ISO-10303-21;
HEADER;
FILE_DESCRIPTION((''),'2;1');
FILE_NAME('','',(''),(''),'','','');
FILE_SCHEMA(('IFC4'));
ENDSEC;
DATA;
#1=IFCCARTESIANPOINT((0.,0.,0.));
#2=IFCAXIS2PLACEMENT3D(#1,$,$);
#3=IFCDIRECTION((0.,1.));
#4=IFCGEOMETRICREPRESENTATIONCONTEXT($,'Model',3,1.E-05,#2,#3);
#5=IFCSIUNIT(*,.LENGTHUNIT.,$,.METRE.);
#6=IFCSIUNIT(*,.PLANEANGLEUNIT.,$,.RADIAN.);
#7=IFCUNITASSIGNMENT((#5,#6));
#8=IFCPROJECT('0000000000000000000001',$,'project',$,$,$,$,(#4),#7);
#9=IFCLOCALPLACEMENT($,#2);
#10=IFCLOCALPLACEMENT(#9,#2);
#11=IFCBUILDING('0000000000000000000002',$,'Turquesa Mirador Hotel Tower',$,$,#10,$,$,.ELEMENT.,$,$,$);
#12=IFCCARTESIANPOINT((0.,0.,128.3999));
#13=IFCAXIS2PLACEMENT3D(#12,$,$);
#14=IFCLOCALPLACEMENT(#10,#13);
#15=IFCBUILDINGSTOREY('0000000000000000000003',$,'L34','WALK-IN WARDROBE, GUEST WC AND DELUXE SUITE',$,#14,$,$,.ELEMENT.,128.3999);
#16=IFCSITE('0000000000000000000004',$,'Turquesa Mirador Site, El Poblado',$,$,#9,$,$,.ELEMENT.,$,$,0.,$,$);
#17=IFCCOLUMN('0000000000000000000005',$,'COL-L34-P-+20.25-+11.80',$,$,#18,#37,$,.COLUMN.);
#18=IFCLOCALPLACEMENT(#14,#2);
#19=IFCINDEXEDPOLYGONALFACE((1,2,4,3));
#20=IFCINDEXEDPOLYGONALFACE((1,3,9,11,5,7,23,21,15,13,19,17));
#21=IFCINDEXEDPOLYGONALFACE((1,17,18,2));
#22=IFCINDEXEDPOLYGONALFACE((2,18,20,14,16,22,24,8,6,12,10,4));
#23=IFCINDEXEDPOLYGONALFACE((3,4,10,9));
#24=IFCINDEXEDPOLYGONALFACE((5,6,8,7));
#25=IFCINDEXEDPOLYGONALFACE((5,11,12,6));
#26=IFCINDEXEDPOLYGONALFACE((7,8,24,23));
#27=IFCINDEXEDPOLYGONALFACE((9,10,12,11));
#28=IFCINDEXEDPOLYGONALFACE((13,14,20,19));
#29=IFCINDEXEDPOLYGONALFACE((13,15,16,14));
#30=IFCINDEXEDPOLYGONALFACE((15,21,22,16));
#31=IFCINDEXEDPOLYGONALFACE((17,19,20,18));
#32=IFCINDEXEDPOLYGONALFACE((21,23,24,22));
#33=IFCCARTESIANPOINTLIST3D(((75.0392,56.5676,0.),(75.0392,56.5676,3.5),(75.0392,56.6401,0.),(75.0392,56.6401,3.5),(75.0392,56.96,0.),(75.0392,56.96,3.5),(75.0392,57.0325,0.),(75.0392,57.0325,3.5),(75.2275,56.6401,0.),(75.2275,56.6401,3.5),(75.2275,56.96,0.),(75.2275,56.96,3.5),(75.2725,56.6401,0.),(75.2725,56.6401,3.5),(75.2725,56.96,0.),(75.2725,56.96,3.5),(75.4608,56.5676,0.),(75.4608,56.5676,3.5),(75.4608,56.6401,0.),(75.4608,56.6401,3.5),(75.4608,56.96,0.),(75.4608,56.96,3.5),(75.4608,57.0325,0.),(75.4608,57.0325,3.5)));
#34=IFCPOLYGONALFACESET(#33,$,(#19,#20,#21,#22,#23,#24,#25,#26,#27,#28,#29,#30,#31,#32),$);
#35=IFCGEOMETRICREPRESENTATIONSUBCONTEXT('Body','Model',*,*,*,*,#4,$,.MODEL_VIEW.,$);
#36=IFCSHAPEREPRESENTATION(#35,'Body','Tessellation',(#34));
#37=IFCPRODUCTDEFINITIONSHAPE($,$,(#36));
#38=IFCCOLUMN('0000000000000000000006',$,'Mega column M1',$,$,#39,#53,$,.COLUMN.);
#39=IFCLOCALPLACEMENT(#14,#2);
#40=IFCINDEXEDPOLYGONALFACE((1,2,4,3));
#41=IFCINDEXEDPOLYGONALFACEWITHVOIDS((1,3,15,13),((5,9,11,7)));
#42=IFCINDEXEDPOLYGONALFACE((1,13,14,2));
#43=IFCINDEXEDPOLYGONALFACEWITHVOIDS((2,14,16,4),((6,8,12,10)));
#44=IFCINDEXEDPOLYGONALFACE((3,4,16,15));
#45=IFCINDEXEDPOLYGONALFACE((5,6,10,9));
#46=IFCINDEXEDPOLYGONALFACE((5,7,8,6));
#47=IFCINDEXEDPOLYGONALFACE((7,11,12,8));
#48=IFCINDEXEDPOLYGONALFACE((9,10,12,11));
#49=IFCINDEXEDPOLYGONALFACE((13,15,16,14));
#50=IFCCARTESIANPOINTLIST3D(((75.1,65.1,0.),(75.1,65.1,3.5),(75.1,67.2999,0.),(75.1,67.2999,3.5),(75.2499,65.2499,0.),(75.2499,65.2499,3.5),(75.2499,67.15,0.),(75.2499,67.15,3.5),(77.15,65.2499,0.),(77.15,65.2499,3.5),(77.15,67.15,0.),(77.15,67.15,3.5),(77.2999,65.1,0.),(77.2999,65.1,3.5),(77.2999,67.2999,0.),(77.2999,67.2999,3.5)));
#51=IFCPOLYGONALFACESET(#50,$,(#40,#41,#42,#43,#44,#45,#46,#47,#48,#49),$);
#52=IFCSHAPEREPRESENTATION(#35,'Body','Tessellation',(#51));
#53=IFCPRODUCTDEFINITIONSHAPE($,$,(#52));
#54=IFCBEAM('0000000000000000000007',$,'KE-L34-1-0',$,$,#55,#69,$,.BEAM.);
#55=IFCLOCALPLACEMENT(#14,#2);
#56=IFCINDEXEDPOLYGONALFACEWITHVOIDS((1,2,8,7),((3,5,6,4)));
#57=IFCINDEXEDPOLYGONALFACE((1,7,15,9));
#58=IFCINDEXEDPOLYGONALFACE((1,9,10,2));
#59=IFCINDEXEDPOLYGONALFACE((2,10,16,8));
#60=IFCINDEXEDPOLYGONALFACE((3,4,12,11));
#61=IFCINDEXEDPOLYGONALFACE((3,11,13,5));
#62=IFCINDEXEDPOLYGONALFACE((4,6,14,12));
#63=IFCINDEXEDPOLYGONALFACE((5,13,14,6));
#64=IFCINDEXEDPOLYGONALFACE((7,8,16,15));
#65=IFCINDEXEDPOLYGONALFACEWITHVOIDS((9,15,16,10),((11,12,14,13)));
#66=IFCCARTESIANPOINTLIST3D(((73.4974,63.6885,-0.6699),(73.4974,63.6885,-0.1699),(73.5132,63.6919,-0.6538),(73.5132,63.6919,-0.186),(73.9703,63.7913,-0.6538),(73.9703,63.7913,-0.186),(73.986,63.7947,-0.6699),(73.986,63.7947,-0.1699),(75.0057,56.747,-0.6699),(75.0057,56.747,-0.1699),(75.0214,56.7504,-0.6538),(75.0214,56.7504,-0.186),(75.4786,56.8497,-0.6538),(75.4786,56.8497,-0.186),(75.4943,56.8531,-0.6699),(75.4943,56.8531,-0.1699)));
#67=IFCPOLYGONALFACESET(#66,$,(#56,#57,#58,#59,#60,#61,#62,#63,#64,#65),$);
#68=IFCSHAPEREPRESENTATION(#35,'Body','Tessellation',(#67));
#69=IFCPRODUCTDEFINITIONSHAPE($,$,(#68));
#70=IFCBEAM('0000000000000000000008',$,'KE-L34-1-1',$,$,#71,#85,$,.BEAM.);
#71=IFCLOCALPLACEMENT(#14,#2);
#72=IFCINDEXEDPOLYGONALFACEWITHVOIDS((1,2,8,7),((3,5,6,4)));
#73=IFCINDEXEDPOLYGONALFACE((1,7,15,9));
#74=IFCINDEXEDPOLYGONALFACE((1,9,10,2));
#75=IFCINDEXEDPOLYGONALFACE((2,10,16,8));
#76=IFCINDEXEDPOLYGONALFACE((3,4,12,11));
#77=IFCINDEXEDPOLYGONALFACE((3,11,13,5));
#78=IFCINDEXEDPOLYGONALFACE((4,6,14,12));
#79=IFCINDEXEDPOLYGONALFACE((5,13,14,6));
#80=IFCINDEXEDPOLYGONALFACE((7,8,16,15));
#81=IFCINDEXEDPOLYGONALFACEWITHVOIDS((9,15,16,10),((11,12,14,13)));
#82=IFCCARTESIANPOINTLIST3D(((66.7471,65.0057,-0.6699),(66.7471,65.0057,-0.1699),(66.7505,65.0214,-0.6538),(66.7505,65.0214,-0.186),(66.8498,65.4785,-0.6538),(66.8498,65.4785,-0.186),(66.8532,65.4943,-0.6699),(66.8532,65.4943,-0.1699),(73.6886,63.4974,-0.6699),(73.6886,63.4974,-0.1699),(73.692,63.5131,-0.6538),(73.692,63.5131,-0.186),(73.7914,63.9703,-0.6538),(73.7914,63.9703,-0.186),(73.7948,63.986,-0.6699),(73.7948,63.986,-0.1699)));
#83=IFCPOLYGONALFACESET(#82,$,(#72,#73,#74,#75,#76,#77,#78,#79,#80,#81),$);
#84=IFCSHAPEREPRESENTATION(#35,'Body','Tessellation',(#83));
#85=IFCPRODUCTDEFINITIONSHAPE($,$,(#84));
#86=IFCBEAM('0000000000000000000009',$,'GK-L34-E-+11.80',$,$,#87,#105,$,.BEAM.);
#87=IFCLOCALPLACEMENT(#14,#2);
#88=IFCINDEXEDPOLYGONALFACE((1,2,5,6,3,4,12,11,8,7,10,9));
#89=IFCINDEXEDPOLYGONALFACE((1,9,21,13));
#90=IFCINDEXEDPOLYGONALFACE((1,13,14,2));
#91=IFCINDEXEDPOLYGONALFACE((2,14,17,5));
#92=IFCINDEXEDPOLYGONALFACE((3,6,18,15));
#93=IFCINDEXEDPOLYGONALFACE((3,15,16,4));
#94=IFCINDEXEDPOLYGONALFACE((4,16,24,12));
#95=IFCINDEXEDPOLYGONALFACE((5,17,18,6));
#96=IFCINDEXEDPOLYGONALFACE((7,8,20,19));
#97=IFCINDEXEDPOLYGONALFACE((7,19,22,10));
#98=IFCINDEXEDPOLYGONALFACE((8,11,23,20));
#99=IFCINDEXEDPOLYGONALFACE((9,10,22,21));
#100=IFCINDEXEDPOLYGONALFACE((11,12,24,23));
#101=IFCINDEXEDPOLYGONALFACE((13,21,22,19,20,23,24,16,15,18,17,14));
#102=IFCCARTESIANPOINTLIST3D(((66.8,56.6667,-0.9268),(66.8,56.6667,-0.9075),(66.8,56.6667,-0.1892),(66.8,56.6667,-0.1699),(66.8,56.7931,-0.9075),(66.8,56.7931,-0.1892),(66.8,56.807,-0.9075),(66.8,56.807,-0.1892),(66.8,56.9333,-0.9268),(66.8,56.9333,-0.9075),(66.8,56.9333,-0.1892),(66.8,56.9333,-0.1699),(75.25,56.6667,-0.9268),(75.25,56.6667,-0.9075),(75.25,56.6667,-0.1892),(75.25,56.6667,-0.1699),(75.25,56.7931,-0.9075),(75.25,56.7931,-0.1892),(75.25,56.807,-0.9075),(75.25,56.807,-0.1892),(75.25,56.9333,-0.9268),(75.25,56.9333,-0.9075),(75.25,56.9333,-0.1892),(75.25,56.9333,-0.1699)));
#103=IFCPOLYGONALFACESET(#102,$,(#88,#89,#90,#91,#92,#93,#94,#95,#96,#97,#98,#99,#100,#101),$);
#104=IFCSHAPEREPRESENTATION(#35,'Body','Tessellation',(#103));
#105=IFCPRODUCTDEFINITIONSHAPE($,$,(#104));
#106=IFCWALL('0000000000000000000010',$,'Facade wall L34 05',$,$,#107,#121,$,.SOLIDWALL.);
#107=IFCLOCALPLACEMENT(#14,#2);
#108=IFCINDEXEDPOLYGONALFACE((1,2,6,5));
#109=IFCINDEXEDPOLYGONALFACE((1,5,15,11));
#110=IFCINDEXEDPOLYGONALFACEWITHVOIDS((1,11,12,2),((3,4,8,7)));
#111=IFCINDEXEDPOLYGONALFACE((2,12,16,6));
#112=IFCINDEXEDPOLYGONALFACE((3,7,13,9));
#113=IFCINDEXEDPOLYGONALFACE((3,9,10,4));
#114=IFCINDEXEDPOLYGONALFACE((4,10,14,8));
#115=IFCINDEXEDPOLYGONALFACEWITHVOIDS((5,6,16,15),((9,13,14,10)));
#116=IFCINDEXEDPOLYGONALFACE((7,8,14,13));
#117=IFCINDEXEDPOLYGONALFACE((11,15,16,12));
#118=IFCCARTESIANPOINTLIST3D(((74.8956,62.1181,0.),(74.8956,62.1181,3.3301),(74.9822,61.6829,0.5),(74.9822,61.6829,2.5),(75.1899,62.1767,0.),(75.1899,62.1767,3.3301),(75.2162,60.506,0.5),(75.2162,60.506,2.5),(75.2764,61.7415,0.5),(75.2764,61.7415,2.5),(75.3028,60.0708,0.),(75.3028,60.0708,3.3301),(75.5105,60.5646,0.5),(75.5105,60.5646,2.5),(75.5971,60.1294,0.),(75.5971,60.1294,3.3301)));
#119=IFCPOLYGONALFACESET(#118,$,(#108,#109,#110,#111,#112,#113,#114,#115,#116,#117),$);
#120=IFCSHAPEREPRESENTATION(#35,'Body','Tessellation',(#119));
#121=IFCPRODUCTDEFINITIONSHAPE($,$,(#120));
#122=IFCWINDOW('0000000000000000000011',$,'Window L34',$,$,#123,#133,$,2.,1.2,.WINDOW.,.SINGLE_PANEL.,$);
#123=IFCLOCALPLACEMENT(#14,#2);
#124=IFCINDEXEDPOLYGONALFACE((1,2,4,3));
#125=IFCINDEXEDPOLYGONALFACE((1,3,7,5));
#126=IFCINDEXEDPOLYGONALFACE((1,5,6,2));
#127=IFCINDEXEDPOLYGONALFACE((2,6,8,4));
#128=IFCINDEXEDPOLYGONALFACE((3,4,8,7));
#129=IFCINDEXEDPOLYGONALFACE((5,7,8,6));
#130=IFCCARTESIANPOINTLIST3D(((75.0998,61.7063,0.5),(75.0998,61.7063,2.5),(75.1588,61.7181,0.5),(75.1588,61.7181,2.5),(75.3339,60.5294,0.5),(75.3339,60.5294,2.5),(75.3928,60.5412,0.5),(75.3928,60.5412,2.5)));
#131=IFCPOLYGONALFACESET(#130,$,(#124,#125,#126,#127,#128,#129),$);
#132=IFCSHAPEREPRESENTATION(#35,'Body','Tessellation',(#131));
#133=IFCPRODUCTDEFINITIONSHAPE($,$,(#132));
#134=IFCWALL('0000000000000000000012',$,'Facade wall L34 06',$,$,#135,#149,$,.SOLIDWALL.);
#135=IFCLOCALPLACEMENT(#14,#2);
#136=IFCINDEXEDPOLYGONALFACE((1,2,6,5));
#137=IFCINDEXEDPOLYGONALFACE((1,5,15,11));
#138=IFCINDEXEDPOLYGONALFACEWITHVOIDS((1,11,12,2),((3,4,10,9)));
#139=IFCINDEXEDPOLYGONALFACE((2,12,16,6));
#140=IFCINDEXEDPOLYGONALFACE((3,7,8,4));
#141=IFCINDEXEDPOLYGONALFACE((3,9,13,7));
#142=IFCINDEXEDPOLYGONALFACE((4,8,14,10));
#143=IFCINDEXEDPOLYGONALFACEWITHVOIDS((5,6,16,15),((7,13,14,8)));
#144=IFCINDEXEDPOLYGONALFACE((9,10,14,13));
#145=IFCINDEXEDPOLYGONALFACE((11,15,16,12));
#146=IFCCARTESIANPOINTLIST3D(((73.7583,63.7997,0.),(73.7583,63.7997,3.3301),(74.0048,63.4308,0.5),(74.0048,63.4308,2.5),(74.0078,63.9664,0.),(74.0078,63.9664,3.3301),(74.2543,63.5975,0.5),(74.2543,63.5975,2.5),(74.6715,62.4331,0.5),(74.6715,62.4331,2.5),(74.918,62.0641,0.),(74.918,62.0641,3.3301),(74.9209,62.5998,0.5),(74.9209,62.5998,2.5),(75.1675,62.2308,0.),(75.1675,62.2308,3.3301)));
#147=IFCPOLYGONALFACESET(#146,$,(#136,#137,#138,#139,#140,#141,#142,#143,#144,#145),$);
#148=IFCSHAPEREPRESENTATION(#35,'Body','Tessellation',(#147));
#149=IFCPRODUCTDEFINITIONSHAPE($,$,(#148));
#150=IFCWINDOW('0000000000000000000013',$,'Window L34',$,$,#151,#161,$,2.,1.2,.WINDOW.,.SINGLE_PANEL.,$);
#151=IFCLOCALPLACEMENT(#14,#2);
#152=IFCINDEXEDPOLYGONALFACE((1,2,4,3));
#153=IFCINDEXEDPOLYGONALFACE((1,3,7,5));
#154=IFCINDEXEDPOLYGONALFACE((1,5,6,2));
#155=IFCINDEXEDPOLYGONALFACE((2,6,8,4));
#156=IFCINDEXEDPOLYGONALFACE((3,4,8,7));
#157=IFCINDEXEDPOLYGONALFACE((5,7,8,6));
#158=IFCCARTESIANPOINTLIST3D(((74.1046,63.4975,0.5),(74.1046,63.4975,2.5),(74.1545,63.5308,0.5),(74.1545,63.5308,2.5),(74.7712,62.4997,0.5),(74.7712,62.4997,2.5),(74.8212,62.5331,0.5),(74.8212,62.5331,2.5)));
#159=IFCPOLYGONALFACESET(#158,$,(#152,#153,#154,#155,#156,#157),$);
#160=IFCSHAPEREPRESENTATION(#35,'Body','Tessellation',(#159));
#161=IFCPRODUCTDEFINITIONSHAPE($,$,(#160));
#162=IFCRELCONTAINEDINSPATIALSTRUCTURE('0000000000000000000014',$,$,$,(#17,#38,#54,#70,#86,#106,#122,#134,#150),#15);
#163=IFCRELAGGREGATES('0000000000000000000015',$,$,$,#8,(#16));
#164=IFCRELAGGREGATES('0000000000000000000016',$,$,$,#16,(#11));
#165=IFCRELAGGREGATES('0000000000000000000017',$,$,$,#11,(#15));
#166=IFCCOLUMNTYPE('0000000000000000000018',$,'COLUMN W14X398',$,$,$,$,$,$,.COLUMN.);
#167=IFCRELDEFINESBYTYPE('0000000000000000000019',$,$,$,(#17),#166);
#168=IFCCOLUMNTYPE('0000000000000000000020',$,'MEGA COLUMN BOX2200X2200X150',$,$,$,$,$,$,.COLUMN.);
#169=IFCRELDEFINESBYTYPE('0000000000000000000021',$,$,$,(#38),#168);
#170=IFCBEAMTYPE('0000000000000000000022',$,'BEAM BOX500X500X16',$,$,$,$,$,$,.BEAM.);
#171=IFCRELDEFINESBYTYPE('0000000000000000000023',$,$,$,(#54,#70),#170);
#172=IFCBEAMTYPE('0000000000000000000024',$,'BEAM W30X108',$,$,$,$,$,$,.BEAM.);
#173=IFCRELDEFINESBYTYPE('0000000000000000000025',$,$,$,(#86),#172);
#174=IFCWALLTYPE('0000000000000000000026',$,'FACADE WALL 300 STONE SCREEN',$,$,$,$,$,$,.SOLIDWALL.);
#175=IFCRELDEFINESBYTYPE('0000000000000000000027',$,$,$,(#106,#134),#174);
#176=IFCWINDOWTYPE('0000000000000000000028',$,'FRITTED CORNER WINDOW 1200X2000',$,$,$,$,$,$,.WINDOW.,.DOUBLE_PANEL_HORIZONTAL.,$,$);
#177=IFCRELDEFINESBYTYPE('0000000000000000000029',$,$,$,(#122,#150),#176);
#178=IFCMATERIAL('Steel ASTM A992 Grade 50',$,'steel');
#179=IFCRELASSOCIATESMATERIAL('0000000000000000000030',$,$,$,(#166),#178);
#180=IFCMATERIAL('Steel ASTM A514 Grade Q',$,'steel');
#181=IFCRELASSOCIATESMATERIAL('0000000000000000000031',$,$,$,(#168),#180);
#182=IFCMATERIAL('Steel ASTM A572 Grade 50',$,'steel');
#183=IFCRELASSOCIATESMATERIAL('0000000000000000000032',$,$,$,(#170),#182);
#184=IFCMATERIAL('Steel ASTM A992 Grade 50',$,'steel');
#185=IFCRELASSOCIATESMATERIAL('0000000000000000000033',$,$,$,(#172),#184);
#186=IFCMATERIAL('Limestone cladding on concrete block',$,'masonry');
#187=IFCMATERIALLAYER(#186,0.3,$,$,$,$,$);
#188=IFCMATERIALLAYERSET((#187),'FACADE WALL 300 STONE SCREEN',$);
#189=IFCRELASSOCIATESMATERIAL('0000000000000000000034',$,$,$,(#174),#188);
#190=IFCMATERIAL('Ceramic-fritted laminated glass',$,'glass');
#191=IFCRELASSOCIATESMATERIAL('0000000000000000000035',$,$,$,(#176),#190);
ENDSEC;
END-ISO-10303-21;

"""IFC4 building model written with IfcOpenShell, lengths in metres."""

from ifc_helpers import new_model, si_unit, direction, frame, frame_2d, origin, origin_2d, place, context, subcontext, project, spatial, rectangle, hollow_rectangle, i_section, extrude, material, layer, layer_set, material_profile, profile_set, type_object, element, fill, save


model = new_model("IFC4")

# Units and contexts
model_context = context("Model", 3, precision=1e-05, world=origin(), true_north=direction((0.0, 1.0)))
body_context = subcontext(model_context, "Body", "Model", "MODEL_VIEW")
ifc_project = project(units=[si_unit("LENGTHUNIT", "METRE"), si_unit("PLANEANGLEUNIT", "RADIAN")], contexts=[model_context])

# Site, building, storey
site_placement = place(None, origin())
site = spatial("IfcSite", under=ifc_project, at=site_placement, Name="Turquesa Mirador Site, El Poblado", CompositionType="ELEMENT", RefElevation=0.0)
building_placement = place(site_placement, origin())
building = spatial("IfcBuilding", under=site, at=building_placement, Name="Turquesa Mirador Hotel Tower", CompositionType="ELEMENT")
storey_placement = place(building_placement, frame((0.0, 0.0, 128.3999)))
storey = spatial("IfcBuildingStorey", under=building, at=storey_placement, Name="L34", Description="WALK-IN WARDROBE, GUEST WC AND DELUXE SUITE", CompositionType="ELEMENT", Elevation=128.3999)

# Columns
ifc_material_1 = material(Name="Steel ASTM A992 Grade 50", Category="steel")
ifc_material_profile_1 = material_profile(ifc_material_1, i_section(OverallWidth=0.4216, OverallDepth=0.4648, WebThickness=0.0449, FlangeThickness=0.0725, at=origin_2d()), Name="W14X398")
ifc_profile_set_1 = profile_set([ifc_material_profile_1], Name="Steel ASTM A992 Grade 50")
column_type_1 = type_object("IfcColumnType", Name="COLUMN W14X398", PredefinedType="COLUMN", material=ifc_profile_set_1)
column_1_placement = place(storey_placement, frame((75.25, 56.8, 0.0), z_axis=(0.0, 0.0, 1.0), x_axis=(1.0, 0.0, 0.0)))
element("IfcColumn", 1, at=column_1_placement, inside=storey, type_object=column_type_1, Name="COL-L34-P-+20.25-+11.80", PredefinedType="COLUMN", context=body_context, shape_type="SweptSolid", body=[
    extrude(i_section(OverallWidth=0.4216, OverallDepth=0.4648, WebThickness=0.0449, FlangeThickness=0.0725, at=origin_2d()), origin(), (0.0, 0.0, 1.0), 3.5),
])
ifc_material_2 = material(Name="Steel ASTM A514 Grade Q", Category="steel")
ifc_material_profile_2 = material_profile(ifc_material_2, hollow_rectangle(XDim=2.2, YDim=2.2, WallThickness=0.1499, at=origin_2d()), Name="BOX2200X2200X150")
ifc_profile_set_2 = profile_set([ifc_material_profile_2], Name="Steel ASTM A514 Grade Q")
column_type_2 = type_object("IfcColumnType", Name="MEGA COLUMN BOX2200X2200X150", PredefinedType="COLUMN", material=ifc_profile_set_2)
column_2_placement = place(storey_placement, frame((76.2, 66.2, 0.0), z_axis=(0.0, 0.0, 1.0), x_axis=(1.0, 0.0, 0.0)))
element("IfcColumn", 2, at=column_2_placement, inside=storey, type_object=column_type_2, Name="Mega column M1", PredefinedType="COLUMN", context=body_context, shape_type="SweptSolid", body=[
    extrude(hollow_rectangle(XDim=2.2, YDim=2.2, WallThickness=0.1499, at=origin_2d()), origin(), (0.0, 0.0, 1.0), 3.5),
])

# Beams
ifc_material_3 = material(Name="Steel ASTM A572 Grade 50", Category="steel")
ifc_material_profile_3 = material_profile(ifc_material_3, hollow_rectangle(XDim=0.5, YDim=0.5, WallThickness=0.0161, at=origin_2d()), Name="BOX500X500X16")
ifc_profile_set_3 = profile_set([ifc_material_profile_3], Name="Steel ASTM A572 Grade 50")
beam_type_1 = type_object("IfcBeamType", Name="BEAM BOX500X500X16", PredefinedType="BEAM", material=ifc_profile_set_3)
for number, where, z_axis, x_axis, name in (
    (3, (75.25, 56.8, -0.4199), (-0.212328, 0.977198, 0.0), (-0.977198, -0.212328, 0.0), "KE-L34-1-0"),
    (4, (73.7417, 63.7417, -0.4199), (-0.977198, 0.212328, 0.0), (-0.212328, -0.977198, 0.0), "KE-L34-1-1"),
):
    element("IfcBeam", number, at=place(storey_placement, frame(where, z_axis=z_axis, x_axis=x_axis)), inside=storey, type_object=beam_type_1, Name=name, PredefinedType="BEAM", context=body_context, shape_type="SweptSolid", body=[
        extrude(hollow_rectangle(XDim=0.5, YDim=0.5, WallThickness=0.0161, at=origin_2d()), origin(), (0.0, 0.0, 1.0), 7.1035),
    ])
ifc_material_4 = material(Name="Steel ASTM A992 Grade 50", Category="steel")
ifc_material_profile_4 = material_profile(ifc_material_4, i_section(OverallWidth=0.2666, OverallDepth=0.7568, WebThickness=0.0139, FlangeThickness=0.0193, at=origin_2d()), Name="W30X108")
ifc_profile_set_4 = profile_set([ifc_material_profile_4], Name="Steel ASTM A992 Grade 50")
beam_type_2 = type_object("IfcBeamType", Name="BEAM W30X108", PredefinedType="BEAM", material=ifc_profile_set_4)
beam_placement = place(storey_placement, frame((75.25, 56.8, -0.5483), z_axis=(-1.0, 0.0, 0.0), x_axis=(0.0, -1.0, 0.0)))
element("IfcBeam", 5, at=beam_placement, inside=storey, type_object=beam_type_2, Name="GK-L34-E-+11.80", PredefinedType="BEAM", context=body_context, shape_type="SweptSolid", body=[
    extrude(i_section(OverallWidth=0.2666, OverallDepth=0.7568, WebThickness=0.0139, FlangeThickness=0.0193, at=origin_2d()), origin(), (0.0, 0.0, 1.0), 8.45),
])

# Walls, openings, windows
ifc_material_5 = material(Name="Limestone cladding on concrete block", Category="masonry")
ifc_layer = layer(ifc_material_5, 0.3)
ifc_layer_set = layer_set([ifc_layer], Name="FACADE WALL 300 STONE SCREEN")
wall_type = type_object("IfcWallType", Name="FACADE WALL 300 STONE SCREEN", PredefinedType="SOLIDWALL", material=ifc_layer_set)
wall_1_placement = place(storey_placement, frame((75.45, 60.1001, 0.0), z_axis=(0.0, 0.0, 1.0), x_axis=(-0.195081, 0.980787, 0.0)))
wall_1 = element("IfcWall", 6, at=wall_1_placement, inside=storey, type_object=wall_type, Name="Facade wall L34 05", PredefinedType="SOLIDWALL", context=body_context, shape_type="SweptSolid", body=[
    extrude(rectangle(XDim=2.0874, YDim=0.3, at=frame_2d((1.0437, 0.0))), origin(), (0.0, 0.0, 1.0), 3.3301),
])
opening_1_placement = place(wall_1_placement, frame((0.4436, 0.0, 0.5)))
opening_1 = element("IfcOpeningElement", 7, at=opening_1_placement, cuts=wall_1, PredefinedType="OPENING", context=body_context, shape_type="SweptSolid", body=[
    extrude(rectangle(XDim=1.2, YDim=2.0, at=frame_2d((0.6001, 1.0))), frame((0.0, 0.1599, 0.0), z_axis=(0.0, -1.0, 0.0), x_axis=(1.0, 0.0, 0.0)), (0.0, 0.0, 1.0), 0.3201),
])
ifc_material_6 = material(Name="Ceramic-fritted laminated glass", Category="glass")
window_type = type_object("IfcWindowType", Name="FRITTED CORNER WINDOW 1200X2000", PartitioningType="DOUBLE_PANEL_HORIZONTAL", PredefinedType="WINDOW", material=ifc_material_6)
window_1_placement = place(opening_1_placement, origin())
window_1 = element("IfcWindow", 8, at=window_1_placement, inside=storey, type_object=window_type, Name="Window L34", OverallHeight=2.0, OverallWidth=1.2, PartitioningType="SINGLE_PANEL", PredefinedType="WINDOW", context=body_context, shape_type="SweptSolid", body=[
    extrude(rectangle(XDim=1.2, YDim=2.0, at=frame_2d((0.6001, 1.0))), frame((0.0, 0.03, 0.0), z_axis=(0.0, -1.0, 0.0), x_axis=(1.0, 0.0, 0.0)), (0.0, 0.0, 1.0), 0.0601),
])
fill(opening_1, window_1)
wall_2_placement = place(storey_placement, frame((75.0427, 62.1475, 0.0), z_axis=(0.0, 0.0, 1.0), x_axis=(-0.555564, 0.831474, 0.0)))
wall_2 = element("IfcWall", 9, at=wall_2_placement, inside=storey, type_object=wall_type, Name="Facade wall L34 06", PredefinedType="SOLIDWALL", context=body_context, shape_type="SweptSolid", body=[
    extrude(rectangle(XDim=2.0874, YDim=0.3, at=frame_2d((1.0437, 0.0))), origin(), (0.0, 0.0, 1.0), 3.3301),
])
opening_2_placement = place(wall_2_placement, frame((0.4436, 0.0, 0.5)))
opening_2 = element("IfcOpeningElement", 10, at=opening_2_placement, cuts=wall_2, PredefinedType="OPENING", context=body_context, shape_type="SweptSolid", body=[
    extrude(rectangle(XDim=1.2, YDim=2.0, at=frame_2d((0.6001, 1.0))), frame((0.0, 0.1599, 0.0), z_axis=(0.0, -1.0, 0.0), x_axis=(1.0, 0.0, 0.0)), (0.0, 0.0, 1.0), 0.3201),
])
window_2_placement = place(opening_2_placement, origin())
window_2 = element("IfcWindow", 11, at=window_2_placement, inside=storey, type_object=window_type, Name="Window L34", OverallHeight=2.0, OverallWidth=1.2, PartitioningType="SINGLE_PANEL", PredefinedType="WINDOW", context=body_context, shape_type="SweptSolid", body=[
    extrude(rectangle(XDim=1.2, YDim=2.0, at=frame_2d((0.6001, 1.0))), frame((0.0, 0.03, 0.0), z_axis=(0.0, -1.0, 0.0), x_axis=(1.0, 0.0, 0.0)), (0.0, 0.0, 1.0), 0.0601),
])
fill(opening_2, window_2)

save(model, "model.ifc")
